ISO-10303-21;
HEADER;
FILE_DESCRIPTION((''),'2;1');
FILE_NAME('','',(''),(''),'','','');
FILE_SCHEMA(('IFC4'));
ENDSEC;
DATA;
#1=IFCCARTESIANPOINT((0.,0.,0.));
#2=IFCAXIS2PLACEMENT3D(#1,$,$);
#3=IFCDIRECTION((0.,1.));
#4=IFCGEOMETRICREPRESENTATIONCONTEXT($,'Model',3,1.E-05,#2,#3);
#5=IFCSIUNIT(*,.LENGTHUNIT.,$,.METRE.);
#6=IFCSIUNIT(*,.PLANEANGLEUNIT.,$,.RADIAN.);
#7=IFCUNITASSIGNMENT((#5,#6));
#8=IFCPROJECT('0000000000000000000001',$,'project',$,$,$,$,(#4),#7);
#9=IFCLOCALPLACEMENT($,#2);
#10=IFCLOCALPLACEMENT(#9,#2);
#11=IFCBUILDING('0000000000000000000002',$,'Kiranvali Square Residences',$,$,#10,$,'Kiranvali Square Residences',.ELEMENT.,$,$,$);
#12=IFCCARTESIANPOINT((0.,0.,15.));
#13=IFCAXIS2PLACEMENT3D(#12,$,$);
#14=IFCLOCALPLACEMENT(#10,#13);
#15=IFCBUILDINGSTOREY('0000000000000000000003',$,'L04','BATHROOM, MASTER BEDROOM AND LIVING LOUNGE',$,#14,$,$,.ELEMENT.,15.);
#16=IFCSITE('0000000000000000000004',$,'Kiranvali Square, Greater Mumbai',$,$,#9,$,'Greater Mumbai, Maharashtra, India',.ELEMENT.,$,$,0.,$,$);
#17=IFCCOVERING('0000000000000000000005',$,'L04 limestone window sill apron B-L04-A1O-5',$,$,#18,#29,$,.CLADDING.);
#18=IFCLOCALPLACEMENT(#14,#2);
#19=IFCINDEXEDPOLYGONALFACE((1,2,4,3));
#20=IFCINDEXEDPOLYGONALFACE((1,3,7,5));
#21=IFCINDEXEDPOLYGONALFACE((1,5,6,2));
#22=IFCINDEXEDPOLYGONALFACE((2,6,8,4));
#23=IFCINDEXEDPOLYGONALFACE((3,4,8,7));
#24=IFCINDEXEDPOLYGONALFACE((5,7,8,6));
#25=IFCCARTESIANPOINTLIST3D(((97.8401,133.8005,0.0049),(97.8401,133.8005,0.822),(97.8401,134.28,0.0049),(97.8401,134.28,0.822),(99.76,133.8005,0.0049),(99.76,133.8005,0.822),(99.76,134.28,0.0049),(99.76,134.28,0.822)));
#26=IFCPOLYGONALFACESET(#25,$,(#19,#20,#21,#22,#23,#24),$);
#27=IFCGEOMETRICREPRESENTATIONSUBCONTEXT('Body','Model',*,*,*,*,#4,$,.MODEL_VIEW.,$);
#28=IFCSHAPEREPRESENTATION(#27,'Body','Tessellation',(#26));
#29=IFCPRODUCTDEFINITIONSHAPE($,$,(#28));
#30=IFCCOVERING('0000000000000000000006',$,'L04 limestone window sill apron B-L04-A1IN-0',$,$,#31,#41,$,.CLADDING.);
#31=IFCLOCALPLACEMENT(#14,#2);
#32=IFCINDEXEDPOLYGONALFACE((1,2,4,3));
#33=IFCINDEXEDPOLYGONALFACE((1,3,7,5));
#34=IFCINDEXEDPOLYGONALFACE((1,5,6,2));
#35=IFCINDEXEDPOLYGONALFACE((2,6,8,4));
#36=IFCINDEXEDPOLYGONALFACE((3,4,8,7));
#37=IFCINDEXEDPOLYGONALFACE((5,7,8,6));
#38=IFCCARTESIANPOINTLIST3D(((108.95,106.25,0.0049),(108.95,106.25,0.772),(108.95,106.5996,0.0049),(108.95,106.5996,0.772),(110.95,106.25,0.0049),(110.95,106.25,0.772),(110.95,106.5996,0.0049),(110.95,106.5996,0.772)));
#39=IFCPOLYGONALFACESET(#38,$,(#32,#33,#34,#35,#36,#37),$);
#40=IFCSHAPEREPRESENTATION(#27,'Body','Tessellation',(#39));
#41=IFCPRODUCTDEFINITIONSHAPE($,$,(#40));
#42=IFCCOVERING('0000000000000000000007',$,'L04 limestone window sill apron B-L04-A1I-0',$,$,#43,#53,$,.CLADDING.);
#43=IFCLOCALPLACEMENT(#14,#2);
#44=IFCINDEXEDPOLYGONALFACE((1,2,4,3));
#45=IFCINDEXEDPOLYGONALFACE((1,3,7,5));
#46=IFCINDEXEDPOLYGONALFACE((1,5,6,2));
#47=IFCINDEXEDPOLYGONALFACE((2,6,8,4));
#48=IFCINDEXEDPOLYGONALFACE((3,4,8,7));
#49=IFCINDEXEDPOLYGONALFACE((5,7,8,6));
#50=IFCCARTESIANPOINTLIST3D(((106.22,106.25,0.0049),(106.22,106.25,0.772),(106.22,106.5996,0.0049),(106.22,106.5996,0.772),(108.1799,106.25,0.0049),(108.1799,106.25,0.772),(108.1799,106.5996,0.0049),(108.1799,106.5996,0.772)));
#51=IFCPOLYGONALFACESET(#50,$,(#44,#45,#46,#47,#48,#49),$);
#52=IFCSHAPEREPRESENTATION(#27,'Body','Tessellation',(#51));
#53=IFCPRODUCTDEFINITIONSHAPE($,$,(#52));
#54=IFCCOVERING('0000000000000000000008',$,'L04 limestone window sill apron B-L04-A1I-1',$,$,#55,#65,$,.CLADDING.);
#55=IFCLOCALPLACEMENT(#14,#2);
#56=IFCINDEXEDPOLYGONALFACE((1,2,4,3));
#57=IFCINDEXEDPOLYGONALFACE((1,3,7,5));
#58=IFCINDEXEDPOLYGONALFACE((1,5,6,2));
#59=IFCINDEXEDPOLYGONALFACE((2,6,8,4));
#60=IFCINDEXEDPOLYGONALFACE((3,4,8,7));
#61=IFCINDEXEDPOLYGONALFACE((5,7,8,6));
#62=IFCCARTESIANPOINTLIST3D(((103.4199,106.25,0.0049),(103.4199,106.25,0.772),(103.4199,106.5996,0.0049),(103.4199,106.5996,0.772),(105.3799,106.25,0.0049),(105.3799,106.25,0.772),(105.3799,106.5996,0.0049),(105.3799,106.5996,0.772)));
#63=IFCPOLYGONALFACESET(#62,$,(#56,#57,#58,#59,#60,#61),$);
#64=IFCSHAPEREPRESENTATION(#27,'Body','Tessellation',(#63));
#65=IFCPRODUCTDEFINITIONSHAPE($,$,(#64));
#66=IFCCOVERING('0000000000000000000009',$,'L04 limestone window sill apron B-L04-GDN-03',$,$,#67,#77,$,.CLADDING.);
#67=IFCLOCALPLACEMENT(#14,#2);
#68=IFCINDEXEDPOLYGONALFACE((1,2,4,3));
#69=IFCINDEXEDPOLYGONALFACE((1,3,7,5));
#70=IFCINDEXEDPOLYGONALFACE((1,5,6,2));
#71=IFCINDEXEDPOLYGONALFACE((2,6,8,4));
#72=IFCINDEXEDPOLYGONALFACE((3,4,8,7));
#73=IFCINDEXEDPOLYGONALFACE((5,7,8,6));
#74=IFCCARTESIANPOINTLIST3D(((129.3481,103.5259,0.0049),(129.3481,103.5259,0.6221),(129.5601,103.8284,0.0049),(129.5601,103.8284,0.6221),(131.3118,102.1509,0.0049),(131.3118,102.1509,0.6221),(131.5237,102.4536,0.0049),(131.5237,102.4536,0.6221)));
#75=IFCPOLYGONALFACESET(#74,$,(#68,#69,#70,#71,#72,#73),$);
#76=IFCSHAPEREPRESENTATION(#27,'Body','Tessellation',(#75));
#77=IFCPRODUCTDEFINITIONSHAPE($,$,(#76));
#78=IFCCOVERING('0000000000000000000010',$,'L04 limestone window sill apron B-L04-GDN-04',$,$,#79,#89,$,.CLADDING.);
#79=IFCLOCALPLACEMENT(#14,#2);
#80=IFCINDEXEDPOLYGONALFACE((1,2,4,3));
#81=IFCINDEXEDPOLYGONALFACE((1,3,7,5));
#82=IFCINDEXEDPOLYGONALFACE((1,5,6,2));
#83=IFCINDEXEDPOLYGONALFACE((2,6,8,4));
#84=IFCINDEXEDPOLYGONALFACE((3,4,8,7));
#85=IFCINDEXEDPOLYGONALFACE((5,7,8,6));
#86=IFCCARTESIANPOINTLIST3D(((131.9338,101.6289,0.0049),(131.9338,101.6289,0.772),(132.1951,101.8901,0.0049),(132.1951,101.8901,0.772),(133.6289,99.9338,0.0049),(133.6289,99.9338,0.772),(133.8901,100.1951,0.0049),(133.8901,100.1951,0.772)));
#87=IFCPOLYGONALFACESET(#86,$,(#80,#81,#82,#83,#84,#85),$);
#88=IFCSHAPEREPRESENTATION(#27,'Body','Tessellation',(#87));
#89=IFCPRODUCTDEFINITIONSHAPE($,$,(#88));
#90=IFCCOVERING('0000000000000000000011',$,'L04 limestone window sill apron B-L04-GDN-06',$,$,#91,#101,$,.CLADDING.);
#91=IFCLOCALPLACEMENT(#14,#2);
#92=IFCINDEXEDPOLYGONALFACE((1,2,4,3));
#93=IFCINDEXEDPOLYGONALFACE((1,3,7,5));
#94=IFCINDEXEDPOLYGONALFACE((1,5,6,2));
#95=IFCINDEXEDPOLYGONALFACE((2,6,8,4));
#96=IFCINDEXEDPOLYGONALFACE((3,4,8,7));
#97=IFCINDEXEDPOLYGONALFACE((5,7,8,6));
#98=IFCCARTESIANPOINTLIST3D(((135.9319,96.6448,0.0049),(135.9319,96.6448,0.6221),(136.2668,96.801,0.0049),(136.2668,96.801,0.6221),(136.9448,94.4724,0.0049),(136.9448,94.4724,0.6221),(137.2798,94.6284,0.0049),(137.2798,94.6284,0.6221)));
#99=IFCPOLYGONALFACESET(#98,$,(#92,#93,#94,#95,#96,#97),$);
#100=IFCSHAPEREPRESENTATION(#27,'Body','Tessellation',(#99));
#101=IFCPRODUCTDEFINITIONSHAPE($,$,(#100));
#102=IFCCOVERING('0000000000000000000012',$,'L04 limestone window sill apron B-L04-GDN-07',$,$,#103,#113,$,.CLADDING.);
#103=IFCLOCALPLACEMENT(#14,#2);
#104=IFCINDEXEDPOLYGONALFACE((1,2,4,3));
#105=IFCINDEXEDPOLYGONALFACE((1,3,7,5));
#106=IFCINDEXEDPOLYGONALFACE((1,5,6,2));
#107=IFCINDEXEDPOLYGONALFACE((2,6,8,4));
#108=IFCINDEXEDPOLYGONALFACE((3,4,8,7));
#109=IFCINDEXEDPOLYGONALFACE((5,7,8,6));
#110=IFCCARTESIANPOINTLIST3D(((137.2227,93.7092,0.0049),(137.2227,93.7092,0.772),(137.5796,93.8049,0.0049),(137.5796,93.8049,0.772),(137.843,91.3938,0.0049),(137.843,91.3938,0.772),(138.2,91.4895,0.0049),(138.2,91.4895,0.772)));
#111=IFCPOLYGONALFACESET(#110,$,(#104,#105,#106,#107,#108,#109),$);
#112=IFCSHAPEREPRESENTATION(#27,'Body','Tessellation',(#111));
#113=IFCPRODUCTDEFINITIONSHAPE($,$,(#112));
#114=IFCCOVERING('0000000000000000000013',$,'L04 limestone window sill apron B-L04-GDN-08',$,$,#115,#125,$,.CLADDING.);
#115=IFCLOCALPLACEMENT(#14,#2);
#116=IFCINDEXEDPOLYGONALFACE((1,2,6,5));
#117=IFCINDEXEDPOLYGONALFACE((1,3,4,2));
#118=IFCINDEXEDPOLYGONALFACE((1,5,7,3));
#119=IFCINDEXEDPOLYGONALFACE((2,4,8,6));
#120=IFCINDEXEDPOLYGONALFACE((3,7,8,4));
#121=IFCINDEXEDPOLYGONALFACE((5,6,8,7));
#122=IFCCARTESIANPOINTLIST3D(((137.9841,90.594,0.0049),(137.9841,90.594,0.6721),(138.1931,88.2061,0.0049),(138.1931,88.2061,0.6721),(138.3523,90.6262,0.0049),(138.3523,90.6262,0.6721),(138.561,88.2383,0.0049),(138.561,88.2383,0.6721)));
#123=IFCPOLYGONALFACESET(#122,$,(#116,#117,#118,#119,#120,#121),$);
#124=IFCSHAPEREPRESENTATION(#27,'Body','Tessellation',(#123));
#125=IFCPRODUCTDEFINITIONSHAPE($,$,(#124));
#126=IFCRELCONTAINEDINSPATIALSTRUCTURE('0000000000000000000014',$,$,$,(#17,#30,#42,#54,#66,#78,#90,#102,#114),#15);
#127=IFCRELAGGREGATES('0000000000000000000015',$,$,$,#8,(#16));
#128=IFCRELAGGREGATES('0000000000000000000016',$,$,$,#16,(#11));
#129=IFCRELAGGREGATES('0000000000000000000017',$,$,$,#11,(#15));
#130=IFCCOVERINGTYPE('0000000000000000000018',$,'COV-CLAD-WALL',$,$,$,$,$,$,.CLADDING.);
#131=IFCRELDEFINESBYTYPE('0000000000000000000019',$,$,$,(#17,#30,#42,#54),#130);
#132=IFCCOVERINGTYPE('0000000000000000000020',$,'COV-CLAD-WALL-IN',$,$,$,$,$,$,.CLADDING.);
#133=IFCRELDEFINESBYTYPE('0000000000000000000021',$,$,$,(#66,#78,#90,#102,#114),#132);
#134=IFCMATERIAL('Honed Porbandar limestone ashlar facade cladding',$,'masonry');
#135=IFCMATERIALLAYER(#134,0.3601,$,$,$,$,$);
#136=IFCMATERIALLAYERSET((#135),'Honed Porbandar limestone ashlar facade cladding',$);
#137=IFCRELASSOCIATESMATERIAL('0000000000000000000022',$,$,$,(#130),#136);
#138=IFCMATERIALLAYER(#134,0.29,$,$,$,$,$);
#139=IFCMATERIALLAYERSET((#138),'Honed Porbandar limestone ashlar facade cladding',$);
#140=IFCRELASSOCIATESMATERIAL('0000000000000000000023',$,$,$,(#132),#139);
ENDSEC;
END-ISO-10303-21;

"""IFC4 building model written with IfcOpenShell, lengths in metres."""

from ifc_helpers import new_model, si_unit, direction, frame, origin, place, context, subcontext, project, spatial, polyline, outline, extrude, material, layer, layer_set, type_object, element, save


model = new_model("IFC4")

# Units and contexts
model_context = context("Model", 3, precision=1e-05, world=origin(), true_north=direction((0.0, 1.0)))
body_context = subcontext(model_context, "Body", "Model", "MODEL_VIEW")
ifc_project = project(units=[si_unit("LENGTHUNIT", "METRE"), si_unit("PLANEANGLEUNIT", "RADIAN")], contexts=[model_context])

# Site, building, storey
site_placement = place(None, origin())
site = spatial("IfcSite", under=ifc_project, at=site_placement, Name="Kiranvali Square, Greater Mumbai", LongName="Greater Mumbai, Maharashtra, India", CompositionType="ELEMENT", RefElevation=0.0)
building_placement = place(site_placement, origin())
building = spatial("IfcBuilding", under=site, at=building_placement, Name="Kiranvali Square Residences", LongName="Kiranvali Square Residences", CompositionType="ELEMENT")
storey_placement = place(building_placement, frame((0.0, 0.0, 15.0)))
storey = spatial("IfcBuildingStorey", under=building, at=storey_placement, Name="L04", Description="BATHROOM, MASTER BEDROOM AND LIVING LOUNGE", CompositionType="ELEMENT", Elevation=15.0)

# Coverings
ifc_material = material(Name="Honed Porbandar limestone ashlar facade cladding", Category="masonry")
ifc_layer_1 = layer(ifc_material, 0.3601)
ifc_layer_set_1 = layer_set([ifc_layer_1], Name="Honed Porbandar limestone ashlar facade cladding")
covering_type_1 = type_object("IfcCoveringType", Name="COV-CLAD-WALL", PredefinedType="CLADDING", material=ifc_layer_set_1)
covering_1_placement = place(storey_placement, frame((0.0, 0.0, 0.0049)))
element("IfcCovering", 1, at=covering_1_placement, inside=storey, type_object=covering_type_1, Name="L04 limestone window sill apron B-L04-A1O-5", PredefinedType="CLADDING", context=body_context, shape_type="SweptSolid", body=[
    extrude(outline(polyline([(99.76, 134.28), (97.8401, 134.28), (97.8401, 133.8005), (99.76, 133.8005), (99.76, 134.28)])), origin(), (0.0, 0.0, 1.0), 0.8171),
])
covering_2_placement = place(storey_placement, frame((0.0, 0.0, 0.0049)))
element("IfcCovering", 2, at=covering_2_placement, inside=storey, type_object=covering_type_1, Name="L04 limestone window sill apron B-L04-A1IN-0", PredefinedType="CLADDING", context=body_context, shape_type="SweptSolid", body=[
    extrude(outline(polyline([(110.95, 106.5996), (108.95, 106.5996), (108.95, 106.25), (110.95, 106.25), (110.95, 106.5996)])), origin(), (0.0, 0.0, 1.0), 0.7671),
])
covering_3_placement = place(storey_placement, frame((0.0, 0.0, 0.0049)))
element("IfcCovering", 3, at=covering_3_placement, inside=storey, type_object=covering_type_1, Name="L04 limestone window sill apron B-L04-A1I-0", PredefinedType="CLADDING", context=body_context, shape_type="SweptSolid", body=[
    extrude(outline(polyline([(108.1799, 106.5996), (106.22, 106.5996), (106.22, 106.25), (108.1799, 106.25), (108.1799, 106.5996)])), origin(), (0.0, 0.0, 1.0), 0.7671),
])
covering_4_placement = place(storey_placement, frame((0.0, 0.0, 0.0049)))
element("IfcCovering", 4, at=covering_4_placement, inside=storey, type_object=covering_type_1, Name="L04 limestone window sill apron B-L04-A1I-1", PredefinedType="CLADDING", context=body_context, shape_type="SweptSolid", body=[
    extrude(outline(polyline([(105.3799, 106.5996), (103.4199, 106.5996), (103.4199, 106.25), (105.3799, 106.25), (105.3799, 106.5996)])), origin(), (0.0, 0.0, 1.0), 0.7671),
])
ifc_layer_2 = layer(ifc_material, 0.29)
ifc_layer_set_2 = layer_set([ifc_layer_2], Name="Honed Porbandar limestone ashlar facade cladding")
covering_type_2 = type_object("IfcCoveringType", Name="COV-CLAD-WALL-IN", PredefinedType="CLADDING", material=ifc_layer_set_2)
covering_5_placement = place(storey_placement, frame((0.0, 0.0, 0.0049)))
element("IfcCovering", 5, at=covering_5_placement, inside=storey, type_object=covering_type_2, Name="L04 limestone window sill apron B-L04-GDN-03", PredefinedType="CLADDING", context=body_context, shape_type="SweptSolid", body=[
    extrude(outline(polyline([(129.3481, 103.5259), (131.3118, 102.1509), (131.5237, 102.4536), (129.5601, 103.8284), (129.3481, 103.5259)])), origin(), (0.0, 0.0, 1.0), 0.6172),
])
covering_6_placement = place(storey_placement, frame((0.0, 0.0, 0.0049)))
element("IfcCovering", 6, at=covering_6_placement, inside=storey, type_object=covering_type_2, Name="L04 limestone window sill apron B-L04-GDN-04", PredefinedType="CLADDING", context=body_context, shape_type="SweptSolid", body=[
    extrude(outline(polyline([(131.9338, 101.6289), (133.6289, 99.9338), (133.8901, 100.1951), (132.1951, 101.8901), (131.9338, 101.6289)])), origin(), (0.0, 0.0, 1.0), 0.7671),
])
covering_7_placement = place(storey_placement, frame((0.0, 0.0, 0.0049)))
element("IfcCovering", 7, at=covering_7_placement, inside=storey, type_object=covering_type_2, Name="L04 limestone window sill apron B-L04-GDN-06", PredefinedType="CLADDING", context=body_context, shape_type="SweptSolid", body=[
    extrude(outline(polyline([(135.9319, 96.6448), (136.9448, 94.4724), (137.2798, 94.6284), (136.2668, 96.801), (135.9319, 96.6448)])), origin(), (0.0, 0.0, 1.0), 0.6172),
])
covering_8_placement = place(storey_placement, frame((0.0, 0.0, 0.0049)))
element("IfcCovering", 8, at=covering_8_placement, inside=storey, type_object=covering_type_2, Name="L04 limestone window sill apron B-L04-GDN-07", PredefinedType="CLADDING", context=body_context, shape_type="SweptSolid", body=[
    extrude(outline(polyline([(137.2227, 93.7092), (137.843, 91.3938), (138.2, 91.4895), (137.5796, 93.8049), (137.2227, 93.7092)])), origin(), (0.0, 0.0, 1.0), 0.7671),
])
covering_9_placement = place(storey_placement, frame((0.0, 0.0, 0.0049)))
element("IfcCovering", 9, at=covering_9_placement, inside=storey, type_object=covering_type_2, Name="L04 limestone window sill apron B-L04-GDN-08", PredefinedType="CLADDING", context=body_context, shape_type="SweptSolid", body=[
    extrude(outline(polyline([(137.9841, 90.594), (138.1931, 88.2061), (138.561, 88.2383), (138.3523, 90.6262), (137.9841, 90.594)])), origin(), (0.0, 0.0, 1.0), 0.6672),
])

save(model, "model.ifc")
